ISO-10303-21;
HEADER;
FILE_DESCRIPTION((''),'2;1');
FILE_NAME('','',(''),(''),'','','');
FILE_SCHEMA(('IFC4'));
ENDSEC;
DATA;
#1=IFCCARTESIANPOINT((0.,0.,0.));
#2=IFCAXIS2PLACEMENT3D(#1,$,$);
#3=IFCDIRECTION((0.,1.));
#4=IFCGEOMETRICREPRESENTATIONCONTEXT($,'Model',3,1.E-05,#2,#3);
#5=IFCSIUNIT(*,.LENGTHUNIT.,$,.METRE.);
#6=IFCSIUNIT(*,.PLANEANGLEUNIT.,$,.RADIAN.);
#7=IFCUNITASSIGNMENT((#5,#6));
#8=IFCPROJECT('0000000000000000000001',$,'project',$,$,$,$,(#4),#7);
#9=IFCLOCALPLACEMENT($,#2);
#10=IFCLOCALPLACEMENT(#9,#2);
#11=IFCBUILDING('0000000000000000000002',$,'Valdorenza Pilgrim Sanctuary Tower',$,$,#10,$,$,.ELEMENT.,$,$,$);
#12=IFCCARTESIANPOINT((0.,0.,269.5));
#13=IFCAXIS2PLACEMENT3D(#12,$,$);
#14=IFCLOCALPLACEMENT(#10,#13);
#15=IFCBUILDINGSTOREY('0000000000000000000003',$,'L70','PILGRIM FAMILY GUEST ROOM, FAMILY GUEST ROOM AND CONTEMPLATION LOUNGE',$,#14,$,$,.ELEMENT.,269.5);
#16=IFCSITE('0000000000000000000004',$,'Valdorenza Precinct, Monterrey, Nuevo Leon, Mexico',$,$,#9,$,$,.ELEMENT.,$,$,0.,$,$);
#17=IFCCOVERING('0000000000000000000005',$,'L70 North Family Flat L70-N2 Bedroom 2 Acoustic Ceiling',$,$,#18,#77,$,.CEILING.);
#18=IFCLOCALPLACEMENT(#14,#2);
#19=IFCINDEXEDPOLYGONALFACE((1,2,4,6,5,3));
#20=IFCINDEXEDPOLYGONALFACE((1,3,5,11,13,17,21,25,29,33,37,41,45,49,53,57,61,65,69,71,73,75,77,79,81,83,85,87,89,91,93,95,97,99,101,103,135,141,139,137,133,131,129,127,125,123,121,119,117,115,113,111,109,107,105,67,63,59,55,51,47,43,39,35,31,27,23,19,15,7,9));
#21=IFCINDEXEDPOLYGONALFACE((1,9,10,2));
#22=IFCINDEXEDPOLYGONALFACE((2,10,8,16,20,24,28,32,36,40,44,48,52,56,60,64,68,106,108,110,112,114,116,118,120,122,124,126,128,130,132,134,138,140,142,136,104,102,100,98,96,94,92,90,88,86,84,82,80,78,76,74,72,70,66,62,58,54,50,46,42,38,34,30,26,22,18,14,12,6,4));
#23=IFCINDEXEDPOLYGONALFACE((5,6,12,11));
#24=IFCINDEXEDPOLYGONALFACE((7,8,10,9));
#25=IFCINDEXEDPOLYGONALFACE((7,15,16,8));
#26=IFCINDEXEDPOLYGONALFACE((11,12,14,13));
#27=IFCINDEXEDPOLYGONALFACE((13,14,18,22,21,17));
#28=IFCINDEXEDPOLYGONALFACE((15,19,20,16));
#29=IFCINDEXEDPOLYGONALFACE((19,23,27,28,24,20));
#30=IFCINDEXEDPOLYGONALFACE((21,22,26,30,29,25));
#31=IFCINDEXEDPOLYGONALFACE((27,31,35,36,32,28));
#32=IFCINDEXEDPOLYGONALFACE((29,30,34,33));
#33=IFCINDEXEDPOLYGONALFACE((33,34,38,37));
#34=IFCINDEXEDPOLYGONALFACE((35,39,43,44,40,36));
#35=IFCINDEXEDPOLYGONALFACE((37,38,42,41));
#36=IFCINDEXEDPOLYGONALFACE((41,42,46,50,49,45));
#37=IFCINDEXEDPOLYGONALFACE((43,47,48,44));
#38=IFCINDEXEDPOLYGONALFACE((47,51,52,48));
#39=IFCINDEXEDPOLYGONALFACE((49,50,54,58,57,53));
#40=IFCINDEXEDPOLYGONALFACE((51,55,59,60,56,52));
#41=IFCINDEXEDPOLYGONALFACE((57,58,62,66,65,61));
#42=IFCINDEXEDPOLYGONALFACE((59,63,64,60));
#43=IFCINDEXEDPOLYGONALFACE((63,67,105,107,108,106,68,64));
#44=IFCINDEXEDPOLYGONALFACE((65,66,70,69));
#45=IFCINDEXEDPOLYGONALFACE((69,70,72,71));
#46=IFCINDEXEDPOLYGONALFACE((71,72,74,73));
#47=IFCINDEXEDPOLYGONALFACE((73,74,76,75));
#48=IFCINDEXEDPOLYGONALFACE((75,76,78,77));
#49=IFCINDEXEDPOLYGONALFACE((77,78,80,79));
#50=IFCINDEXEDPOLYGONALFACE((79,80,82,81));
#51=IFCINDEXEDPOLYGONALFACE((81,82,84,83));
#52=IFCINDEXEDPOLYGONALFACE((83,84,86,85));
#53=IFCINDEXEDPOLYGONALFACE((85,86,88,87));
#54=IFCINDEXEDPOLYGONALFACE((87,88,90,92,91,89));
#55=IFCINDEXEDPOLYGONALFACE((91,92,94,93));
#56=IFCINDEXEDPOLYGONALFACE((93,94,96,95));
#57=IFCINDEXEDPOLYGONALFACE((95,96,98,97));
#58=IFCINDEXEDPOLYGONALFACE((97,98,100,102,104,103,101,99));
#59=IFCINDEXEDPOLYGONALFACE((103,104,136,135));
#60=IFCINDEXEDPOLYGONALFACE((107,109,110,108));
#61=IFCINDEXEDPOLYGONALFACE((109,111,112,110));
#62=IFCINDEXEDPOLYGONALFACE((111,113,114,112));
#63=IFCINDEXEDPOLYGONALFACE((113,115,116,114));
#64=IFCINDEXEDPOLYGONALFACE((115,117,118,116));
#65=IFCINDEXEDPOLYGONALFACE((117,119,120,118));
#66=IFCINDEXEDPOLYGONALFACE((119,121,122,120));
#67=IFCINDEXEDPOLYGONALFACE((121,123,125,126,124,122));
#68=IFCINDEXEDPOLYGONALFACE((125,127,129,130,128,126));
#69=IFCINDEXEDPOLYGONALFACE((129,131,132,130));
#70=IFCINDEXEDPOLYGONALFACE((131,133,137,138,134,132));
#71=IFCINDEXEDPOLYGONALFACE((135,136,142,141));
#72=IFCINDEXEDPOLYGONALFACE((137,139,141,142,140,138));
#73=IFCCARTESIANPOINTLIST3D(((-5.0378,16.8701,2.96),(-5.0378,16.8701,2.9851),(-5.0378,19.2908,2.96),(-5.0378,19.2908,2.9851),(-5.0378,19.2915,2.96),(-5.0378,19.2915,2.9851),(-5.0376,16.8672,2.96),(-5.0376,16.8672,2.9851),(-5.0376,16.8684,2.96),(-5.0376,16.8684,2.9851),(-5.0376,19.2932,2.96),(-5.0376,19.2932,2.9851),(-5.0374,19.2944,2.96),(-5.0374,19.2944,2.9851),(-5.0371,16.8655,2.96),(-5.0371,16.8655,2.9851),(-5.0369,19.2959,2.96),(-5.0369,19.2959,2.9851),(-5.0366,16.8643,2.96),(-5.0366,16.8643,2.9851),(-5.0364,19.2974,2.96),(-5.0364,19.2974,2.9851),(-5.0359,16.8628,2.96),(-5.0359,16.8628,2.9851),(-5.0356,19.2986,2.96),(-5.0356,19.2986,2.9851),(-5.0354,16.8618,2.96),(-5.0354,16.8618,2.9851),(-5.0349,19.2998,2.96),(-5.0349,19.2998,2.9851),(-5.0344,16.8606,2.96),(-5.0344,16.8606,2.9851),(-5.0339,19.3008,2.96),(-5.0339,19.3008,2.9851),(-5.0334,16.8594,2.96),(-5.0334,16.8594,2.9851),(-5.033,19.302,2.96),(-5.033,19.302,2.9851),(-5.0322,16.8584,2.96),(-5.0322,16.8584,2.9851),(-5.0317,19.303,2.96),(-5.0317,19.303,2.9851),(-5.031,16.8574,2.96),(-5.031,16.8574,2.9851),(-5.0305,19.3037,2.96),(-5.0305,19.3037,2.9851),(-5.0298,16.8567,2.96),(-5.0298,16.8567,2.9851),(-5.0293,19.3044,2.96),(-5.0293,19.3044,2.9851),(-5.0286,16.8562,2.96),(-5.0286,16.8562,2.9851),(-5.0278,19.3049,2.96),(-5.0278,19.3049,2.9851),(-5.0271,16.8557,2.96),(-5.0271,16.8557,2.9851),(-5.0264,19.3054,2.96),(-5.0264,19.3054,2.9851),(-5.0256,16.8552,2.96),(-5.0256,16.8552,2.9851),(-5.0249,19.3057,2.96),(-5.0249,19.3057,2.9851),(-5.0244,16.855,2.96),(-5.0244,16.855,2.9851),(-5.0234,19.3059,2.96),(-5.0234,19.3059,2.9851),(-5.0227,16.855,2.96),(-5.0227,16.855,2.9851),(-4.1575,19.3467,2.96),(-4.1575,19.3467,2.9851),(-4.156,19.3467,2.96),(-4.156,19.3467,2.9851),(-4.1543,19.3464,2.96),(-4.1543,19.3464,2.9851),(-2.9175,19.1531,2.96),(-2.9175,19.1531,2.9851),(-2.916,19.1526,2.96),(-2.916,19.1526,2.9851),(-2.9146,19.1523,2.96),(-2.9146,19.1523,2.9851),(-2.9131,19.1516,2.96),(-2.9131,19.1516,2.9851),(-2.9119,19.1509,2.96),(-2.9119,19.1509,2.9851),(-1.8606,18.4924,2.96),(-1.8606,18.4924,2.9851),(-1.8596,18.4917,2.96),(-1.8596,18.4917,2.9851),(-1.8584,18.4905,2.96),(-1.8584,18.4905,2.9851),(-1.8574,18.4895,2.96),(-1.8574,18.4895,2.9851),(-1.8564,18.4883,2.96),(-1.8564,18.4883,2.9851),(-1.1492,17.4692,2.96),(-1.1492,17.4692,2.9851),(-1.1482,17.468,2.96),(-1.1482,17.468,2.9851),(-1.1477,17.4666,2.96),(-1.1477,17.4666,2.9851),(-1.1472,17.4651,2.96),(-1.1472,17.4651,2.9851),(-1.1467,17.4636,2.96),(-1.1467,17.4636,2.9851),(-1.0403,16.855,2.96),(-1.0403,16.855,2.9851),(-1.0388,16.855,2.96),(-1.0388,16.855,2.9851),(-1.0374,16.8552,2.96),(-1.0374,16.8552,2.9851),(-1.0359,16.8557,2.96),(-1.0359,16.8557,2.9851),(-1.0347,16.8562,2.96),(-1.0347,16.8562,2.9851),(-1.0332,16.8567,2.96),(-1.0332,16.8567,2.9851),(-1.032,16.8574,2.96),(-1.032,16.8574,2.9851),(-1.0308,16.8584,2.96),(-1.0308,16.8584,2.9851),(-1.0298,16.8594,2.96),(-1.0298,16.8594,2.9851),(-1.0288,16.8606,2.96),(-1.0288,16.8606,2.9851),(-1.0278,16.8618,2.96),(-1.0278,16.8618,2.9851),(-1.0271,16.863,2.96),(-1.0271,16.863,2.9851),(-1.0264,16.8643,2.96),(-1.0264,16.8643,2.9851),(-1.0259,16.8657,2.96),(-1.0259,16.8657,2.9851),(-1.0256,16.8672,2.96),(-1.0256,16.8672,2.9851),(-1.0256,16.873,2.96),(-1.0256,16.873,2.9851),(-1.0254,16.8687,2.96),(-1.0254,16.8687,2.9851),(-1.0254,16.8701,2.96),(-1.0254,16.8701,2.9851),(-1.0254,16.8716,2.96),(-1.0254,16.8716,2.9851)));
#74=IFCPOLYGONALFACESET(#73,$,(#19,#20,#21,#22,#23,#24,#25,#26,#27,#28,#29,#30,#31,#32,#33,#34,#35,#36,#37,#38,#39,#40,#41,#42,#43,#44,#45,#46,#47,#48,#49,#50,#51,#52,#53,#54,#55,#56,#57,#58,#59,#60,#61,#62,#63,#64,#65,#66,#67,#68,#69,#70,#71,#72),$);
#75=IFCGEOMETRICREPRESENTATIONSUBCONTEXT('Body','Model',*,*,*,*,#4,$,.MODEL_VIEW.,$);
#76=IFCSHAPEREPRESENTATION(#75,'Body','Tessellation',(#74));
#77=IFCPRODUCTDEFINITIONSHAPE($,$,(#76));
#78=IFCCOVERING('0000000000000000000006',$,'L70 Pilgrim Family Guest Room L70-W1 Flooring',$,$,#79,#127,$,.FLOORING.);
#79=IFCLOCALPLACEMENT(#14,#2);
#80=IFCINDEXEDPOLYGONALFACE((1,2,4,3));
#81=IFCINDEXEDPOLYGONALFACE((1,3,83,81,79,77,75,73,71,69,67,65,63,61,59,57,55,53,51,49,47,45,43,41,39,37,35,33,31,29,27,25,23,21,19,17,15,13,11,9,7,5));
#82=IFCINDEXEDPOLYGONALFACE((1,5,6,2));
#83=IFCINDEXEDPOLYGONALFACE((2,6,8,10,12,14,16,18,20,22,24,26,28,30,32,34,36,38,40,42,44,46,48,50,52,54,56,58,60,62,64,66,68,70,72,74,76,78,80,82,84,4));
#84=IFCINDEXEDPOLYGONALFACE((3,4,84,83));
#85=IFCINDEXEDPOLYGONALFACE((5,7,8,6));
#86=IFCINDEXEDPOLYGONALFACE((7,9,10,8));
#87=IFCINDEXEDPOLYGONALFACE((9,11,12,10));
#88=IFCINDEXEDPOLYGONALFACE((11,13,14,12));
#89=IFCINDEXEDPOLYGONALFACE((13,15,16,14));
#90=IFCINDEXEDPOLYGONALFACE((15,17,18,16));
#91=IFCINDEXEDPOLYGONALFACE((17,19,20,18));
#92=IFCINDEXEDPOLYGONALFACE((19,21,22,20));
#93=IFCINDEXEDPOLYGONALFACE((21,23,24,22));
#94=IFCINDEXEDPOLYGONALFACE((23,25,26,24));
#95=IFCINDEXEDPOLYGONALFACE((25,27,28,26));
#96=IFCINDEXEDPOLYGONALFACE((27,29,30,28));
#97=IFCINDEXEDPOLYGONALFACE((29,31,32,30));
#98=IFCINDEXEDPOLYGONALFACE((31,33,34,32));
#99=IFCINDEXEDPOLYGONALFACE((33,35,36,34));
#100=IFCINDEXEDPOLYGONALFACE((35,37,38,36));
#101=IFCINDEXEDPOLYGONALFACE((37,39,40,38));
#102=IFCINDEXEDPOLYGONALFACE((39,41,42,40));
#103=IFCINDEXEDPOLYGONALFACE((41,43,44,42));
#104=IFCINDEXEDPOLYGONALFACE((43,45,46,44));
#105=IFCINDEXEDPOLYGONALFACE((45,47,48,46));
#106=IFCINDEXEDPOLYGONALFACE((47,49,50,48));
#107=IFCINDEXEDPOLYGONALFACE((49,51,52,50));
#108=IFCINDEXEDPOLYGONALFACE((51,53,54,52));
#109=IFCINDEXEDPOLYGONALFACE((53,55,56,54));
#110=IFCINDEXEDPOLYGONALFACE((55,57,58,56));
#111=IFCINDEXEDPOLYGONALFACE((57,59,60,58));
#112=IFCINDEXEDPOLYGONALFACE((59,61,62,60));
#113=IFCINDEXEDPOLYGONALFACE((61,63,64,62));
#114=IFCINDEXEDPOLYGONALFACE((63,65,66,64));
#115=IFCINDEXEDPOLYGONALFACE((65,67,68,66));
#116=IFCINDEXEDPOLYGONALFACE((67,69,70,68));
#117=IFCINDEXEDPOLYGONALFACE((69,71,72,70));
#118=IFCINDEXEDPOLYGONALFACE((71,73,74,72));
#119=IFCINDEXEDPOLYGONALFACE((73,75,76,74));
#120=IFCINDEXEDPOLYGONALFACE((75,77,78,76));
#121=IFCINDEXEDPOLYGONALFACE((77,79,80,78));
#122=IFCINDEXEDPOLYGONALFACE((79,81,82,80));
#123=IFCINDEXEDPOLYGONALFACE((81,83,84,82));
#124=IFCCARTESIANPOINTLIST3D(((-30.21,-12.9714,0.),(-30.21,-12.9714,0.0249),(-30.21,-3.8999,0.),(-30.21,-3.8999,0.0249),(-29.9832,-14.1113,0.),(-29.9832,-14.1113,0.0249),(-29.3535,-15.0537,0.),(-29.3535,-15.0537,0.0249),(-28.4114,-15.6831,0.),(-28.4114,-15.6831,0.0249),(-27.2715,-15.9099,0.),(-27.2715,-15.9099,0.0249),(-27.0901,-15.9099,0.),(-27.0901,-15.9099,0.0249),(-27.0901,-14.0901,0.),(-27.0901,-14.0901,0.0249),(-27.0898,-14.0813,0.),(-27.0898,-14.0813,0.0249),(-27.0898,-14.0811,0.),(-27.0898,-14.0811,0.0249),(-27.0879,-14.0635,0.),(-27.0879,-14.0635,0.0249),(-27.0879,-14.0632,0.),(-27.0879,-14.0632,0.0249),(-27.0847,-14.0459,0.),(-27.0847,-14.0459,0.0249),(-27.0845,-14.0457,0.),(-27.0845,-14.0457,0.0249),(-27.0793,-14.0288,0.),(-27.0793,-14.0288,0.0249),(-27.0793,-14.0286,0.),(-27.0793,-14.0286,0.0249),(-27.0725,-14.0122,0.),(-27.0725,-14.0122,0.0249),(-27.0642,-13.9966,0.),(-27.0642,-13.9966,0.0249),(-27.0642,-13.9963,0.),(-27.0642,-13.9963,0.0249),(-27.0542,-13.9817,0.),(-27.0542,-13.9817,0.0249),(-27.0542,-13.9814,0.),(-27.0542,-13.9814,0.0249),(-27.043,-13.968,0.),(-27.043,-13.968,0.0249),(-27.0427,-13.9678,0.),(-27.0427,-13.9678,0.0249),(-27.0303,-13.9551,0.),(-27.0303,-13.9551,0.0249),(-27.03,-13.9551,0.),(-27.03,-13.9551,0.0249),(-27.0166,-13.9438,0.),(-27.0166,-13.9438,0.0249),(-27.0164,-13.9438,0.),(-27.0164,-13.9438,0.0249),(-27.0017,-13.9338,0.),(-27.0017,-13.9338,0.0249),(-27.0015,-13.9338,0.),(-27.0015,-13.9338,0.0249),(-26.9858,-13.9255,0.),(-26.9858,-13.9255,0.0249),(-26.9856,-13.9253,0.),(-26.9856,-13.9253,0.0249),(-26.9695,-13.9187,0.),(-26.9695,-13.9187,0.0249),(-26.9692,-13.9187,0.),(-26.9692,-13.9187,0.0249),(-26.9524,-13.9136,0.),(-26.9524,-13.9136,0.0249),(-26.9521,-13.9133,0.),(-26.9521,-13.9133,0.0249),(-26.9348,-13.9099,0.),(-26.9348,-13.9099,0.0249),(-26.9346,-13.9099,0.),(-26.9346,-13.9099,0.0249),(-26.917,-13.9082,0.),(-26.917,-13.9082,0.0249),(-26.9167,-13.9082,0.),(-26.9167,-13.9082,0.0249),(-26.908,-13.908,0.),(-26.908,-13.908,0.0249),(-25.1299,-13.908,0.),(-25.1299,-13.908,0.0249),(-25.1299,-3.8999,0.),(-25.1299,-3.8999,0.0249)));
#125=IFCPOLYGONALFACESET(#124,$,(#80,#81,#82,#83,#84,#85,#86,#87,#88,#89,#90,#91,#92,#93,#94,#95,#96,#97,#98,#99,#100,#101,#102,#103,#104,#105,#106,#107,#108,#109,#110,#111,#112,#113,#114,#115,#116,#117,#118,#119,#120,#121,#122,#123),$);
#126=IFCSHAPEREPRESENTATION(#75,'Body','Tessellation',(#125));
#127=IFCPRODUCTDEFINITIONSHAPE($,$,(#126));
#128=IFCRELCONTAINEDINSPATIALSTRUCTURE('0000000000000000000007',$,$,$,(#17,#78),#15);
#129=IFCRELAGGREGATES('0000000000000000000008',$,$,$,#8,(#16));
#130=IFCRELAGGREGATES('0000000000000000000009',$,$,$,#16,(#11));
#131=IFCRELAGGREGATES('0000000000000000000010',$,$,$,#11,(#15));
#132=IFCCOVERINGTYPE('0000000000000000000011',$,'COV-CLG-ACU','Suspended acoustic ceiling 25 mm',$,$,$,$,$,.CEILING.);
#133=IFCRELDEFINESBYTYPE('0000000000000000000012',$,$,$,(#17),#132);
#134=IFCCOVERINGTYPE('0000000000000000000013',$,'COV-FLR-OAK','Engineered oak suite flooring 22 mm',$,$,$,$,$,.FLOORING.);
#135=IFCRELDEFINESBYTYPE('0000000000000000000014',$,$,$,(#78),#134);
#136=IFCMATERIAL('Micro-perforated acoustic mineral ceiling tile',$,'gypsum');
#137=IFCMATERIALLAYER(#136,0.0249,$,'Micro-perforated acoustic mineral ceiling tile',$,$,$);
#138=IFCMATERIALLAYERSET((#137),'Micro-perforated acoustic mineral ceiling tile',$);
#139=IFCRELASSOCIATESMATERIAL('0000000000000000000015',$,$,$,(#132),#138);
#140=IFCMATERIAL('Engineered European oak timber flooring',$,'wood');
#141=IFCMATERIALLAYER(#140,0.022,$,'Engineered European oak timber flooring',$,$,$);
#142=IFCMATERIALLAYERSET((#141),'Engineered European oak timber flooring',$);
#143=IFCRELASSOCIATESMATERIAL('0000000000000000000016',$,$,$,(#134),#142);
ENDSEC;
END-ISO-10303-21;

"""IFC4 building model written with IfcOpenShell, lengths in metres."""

from ifc_helpers import new_model, si_unit, direction, frame, origin, place, context, subcontext, project, spatial, polyline, outline, extrude, material, layer, layer_set, type_object, element, save


model = new_model("IFC4")

# Units and contexts
model_context = context("Model", 3, precision=1e-05, world=origin(), true_north=direction((0.0, 1.0)))
body_context = subcontext(model_context, "Body", "Model", "MODEL_VIEW")
ifc_project = project(units=[si_unit("LENGTHUNIT", "METRE"), si_unit("PLANEANGLEUNIT", "RADIAN")], contexts=[model_context])

# Site, building, storey
site_placement = place(None, origin())
site = spatial("IfcSite", under=ifc_project, at=site_placement, Name="Valdorenza Precinct, Monterrey, Nuevo Leon, Mexico", CompositionType="ELEMENT", RefElevation=0.0)
building_placement = place(site_placement, origin())
building = spatial("IfcBuilding", under=site, at=building_placement, Name="Valdorenza Pilgrim Sanctuary Tower", CompositionType="ELEMENT")
storey_placement = place(building_placement, frame((0.0, 0.0, 269.5)))
storey = spatial("IfcBuildingStorey", under=building, at=storey_placement, Name="L70", Description="PILGRIM FAMILY GUEST ROOM, FAMILY GUEST ROOM AND CONTEMPLATION LOUNGE", CompositionType="ELEMENT", Elevation=269.5)

# Coverings
ifc_material_1 = material(Name="Micro-perforated acoustic mineral ceiling tile", Category="gypsum")
ifc_layer_1 = layer(ifc_material_1, 0.0249, Name="Micro-perforated acoustic mineral ceiling tile")
ifc_layer_set_1 = layer_set([ifc_layer_1], Name="Micro-perforated acoustic mineral ceiling tile")
covering_type_1 = type_object("IfcCoveringType", Name="COV-CLG-ACU", Description="Suspended acoustic ceiling 25 mm", PredefinedType="CEILING", material=ifc_layer_set_1)
covering_1_placement = place(storey_placement, frame((0.0, 0.0, 2.96)))
element("IfcCovering", 1, at=covering_1_placement, inside=storey, type_object=covering_type_1, Name="L70 North Family Flat L70-N2 Bedroom 2 Acoustic Ceiling", PredefinedType="CEILING", context=body_context, shape_type="SweptSolid", body=[
    extrude(outline(polyline([(-5.0378, 19.2908), (-5.0378, 19.2915), (-5.0376, 19.2932), (-5.0374, 19.2944), (-5.0369, 19.2959), (-5.0364, 19.2974), (-5.0356, 19.2986), (-5.0349, 19.2998), (-5.0339, 19.3008), (-5.033, 19.302), (-5.0317, 19.303), (-5.0305, 19.3037), (-5.0293, 19.3044), (-5.0278, 19.3049), (-5.0264, 19.3054), (-5.0249, 19.3057), (-5.0234, 19.3059), (-4.1575, 19.3467), (-4.156, 19.3467), (-4.1543, 19.3464), (-2.9175, 19.1531), (-2.916, 19.1526), (-2.9146, 19.1523), (-2.9131, 19.1516), (-2.9119, 19.1509), (-1.8606, 18.4924), (-1.8596, 18.4917), (-1.8584, 18.4905), (-1.8574, 18.4895), (-1.8564, 18.4883), (-1.1492, 17.4692), (-1.1482, 17.468), (-1.1477, 17.4666), (-1.1472, 17.4651), (-1.1467, 17.4636), (-1.0256, 16.873), (-1.0254, 16.8716), (-1.0254, 16.8701), (-1.0254, 16.8687), (-1.0256, 16.8672), (-1.0259, 16.8657), (-1.0264, 16.8643), (-1.0271, 16.863), (-1.0278, 16.8618), (-1.0288, 16.8606), (-1.0298, 16.8594), (-1.0308, 16.8584), (-1.032, 16.8574), (-1.0332, 16.8567), (-1.0347, 16.8562), (-1.0359, 16.8557), (-1.0374, 16.8552), (-1.0388, 16.855), (-1.0403, 16.855), (-5.0227, 16.855), (-5.0244, 16.855), (-5.0256, 16.8552), (-5.0271, 16.8557), (-5.0286, 16.8562), (-5.0298, 16.8567), (-5.031, 16.8574), (-5.0322, 16.8584), (-5.0334, 16.8594), (-5.0344, 16.8606), (-5.0354, 16.8618), (-5.0359, 16.8628), (-5.0366, 16.8643), (-5.0371, 16.8655), (-5.0376, 16.8672), (-5.0376, 16.8684), (-5.0378, 16.8701), (-5.0378, 19.2908), (-5.0378, 19.2908)])), origin(), (0.0, 0.0, 1.0), 0.0251),
])
ifc_material_2 = material(Name="Engineered European oak timber flooring", Category="wood")
ifc_layer_2 = layer(ifc_material_2, 0.022, Name="Engineered European oak timber flooring")
ifc_layer_set_2 = layer_set([ifc_layer_2], Name="Engineered European oak timber flooring")
covering_type_2 = type_object("IfcCoveringType", Name="COV-FLR-OAK", Description="Engineered oak suite flooring 22 mm", PredefinedType="FLOORING", material=ifc_layer_set_2)
covering_2_placement = place(storey_placement, origin())
element("IfcCovering", 2, at=covering_2_placement, inside=storey, type_object=covering_type_2, Name="L70 Pilgrim Family Guest Room L70-W1 Flooring", PredefinedType="FLOORING", context=body_context, shape_type="SweptSolid", body=[
    extrude(outline(polyline([(-30.21, -3.8999), (-25.1299, -3.8999), (-25.1299, -13.908), (-26.908, -13.908), (-26.9167, -13.9082), (-26.917, -13.9082), (-26.9346, -13.9099), (-26.9348, -13.9099), (-26.9521, -13.9133), (-26.9524, -13.9136), (-26.9692, -13.9187), (-26.9695, -13.9187), (-26.9856, -13.9253), (-26.9858, -13.9255), (-27.0015, -13.9338), (-27.0017, -13.9338), (-27.0164, -13.9438), (-27.0166, -13.9438), (-27.03, -13.9551), (-27.0303, -13.9551), (-27.0427, -13.9678), (-27.043, -13.968), (-27.0542, -13.9814), (-27.0542, -13.9817), (-27.0642, -13.9963), (-27.0642, -13.9966), (-27.0725, -14.0122), (-27.0725, -14.0122), (-27.0793, -14.0286), (-27.0793, -14.0288), (-27.0845, -14.0457), (-27.0847, -14.0459), (-27.0879, -14.0632), (-27.0879, -14.0635), (-27.0898, -14.0811), (-27.0898, -14.0813), (-27.0901, -14.0901), (-27.0901, -15.9099), (-27.2715, -15.9099), (-28.4114, -15.6831), (-29.3535, -15.0537), (-29.9832, -14.1113), (-30.21, -12.9714), (-30.21, -3.8999)])), origin(), (0.0, 0.0, 1.0), 0.0249),
])

save(model, "model.ifc")
